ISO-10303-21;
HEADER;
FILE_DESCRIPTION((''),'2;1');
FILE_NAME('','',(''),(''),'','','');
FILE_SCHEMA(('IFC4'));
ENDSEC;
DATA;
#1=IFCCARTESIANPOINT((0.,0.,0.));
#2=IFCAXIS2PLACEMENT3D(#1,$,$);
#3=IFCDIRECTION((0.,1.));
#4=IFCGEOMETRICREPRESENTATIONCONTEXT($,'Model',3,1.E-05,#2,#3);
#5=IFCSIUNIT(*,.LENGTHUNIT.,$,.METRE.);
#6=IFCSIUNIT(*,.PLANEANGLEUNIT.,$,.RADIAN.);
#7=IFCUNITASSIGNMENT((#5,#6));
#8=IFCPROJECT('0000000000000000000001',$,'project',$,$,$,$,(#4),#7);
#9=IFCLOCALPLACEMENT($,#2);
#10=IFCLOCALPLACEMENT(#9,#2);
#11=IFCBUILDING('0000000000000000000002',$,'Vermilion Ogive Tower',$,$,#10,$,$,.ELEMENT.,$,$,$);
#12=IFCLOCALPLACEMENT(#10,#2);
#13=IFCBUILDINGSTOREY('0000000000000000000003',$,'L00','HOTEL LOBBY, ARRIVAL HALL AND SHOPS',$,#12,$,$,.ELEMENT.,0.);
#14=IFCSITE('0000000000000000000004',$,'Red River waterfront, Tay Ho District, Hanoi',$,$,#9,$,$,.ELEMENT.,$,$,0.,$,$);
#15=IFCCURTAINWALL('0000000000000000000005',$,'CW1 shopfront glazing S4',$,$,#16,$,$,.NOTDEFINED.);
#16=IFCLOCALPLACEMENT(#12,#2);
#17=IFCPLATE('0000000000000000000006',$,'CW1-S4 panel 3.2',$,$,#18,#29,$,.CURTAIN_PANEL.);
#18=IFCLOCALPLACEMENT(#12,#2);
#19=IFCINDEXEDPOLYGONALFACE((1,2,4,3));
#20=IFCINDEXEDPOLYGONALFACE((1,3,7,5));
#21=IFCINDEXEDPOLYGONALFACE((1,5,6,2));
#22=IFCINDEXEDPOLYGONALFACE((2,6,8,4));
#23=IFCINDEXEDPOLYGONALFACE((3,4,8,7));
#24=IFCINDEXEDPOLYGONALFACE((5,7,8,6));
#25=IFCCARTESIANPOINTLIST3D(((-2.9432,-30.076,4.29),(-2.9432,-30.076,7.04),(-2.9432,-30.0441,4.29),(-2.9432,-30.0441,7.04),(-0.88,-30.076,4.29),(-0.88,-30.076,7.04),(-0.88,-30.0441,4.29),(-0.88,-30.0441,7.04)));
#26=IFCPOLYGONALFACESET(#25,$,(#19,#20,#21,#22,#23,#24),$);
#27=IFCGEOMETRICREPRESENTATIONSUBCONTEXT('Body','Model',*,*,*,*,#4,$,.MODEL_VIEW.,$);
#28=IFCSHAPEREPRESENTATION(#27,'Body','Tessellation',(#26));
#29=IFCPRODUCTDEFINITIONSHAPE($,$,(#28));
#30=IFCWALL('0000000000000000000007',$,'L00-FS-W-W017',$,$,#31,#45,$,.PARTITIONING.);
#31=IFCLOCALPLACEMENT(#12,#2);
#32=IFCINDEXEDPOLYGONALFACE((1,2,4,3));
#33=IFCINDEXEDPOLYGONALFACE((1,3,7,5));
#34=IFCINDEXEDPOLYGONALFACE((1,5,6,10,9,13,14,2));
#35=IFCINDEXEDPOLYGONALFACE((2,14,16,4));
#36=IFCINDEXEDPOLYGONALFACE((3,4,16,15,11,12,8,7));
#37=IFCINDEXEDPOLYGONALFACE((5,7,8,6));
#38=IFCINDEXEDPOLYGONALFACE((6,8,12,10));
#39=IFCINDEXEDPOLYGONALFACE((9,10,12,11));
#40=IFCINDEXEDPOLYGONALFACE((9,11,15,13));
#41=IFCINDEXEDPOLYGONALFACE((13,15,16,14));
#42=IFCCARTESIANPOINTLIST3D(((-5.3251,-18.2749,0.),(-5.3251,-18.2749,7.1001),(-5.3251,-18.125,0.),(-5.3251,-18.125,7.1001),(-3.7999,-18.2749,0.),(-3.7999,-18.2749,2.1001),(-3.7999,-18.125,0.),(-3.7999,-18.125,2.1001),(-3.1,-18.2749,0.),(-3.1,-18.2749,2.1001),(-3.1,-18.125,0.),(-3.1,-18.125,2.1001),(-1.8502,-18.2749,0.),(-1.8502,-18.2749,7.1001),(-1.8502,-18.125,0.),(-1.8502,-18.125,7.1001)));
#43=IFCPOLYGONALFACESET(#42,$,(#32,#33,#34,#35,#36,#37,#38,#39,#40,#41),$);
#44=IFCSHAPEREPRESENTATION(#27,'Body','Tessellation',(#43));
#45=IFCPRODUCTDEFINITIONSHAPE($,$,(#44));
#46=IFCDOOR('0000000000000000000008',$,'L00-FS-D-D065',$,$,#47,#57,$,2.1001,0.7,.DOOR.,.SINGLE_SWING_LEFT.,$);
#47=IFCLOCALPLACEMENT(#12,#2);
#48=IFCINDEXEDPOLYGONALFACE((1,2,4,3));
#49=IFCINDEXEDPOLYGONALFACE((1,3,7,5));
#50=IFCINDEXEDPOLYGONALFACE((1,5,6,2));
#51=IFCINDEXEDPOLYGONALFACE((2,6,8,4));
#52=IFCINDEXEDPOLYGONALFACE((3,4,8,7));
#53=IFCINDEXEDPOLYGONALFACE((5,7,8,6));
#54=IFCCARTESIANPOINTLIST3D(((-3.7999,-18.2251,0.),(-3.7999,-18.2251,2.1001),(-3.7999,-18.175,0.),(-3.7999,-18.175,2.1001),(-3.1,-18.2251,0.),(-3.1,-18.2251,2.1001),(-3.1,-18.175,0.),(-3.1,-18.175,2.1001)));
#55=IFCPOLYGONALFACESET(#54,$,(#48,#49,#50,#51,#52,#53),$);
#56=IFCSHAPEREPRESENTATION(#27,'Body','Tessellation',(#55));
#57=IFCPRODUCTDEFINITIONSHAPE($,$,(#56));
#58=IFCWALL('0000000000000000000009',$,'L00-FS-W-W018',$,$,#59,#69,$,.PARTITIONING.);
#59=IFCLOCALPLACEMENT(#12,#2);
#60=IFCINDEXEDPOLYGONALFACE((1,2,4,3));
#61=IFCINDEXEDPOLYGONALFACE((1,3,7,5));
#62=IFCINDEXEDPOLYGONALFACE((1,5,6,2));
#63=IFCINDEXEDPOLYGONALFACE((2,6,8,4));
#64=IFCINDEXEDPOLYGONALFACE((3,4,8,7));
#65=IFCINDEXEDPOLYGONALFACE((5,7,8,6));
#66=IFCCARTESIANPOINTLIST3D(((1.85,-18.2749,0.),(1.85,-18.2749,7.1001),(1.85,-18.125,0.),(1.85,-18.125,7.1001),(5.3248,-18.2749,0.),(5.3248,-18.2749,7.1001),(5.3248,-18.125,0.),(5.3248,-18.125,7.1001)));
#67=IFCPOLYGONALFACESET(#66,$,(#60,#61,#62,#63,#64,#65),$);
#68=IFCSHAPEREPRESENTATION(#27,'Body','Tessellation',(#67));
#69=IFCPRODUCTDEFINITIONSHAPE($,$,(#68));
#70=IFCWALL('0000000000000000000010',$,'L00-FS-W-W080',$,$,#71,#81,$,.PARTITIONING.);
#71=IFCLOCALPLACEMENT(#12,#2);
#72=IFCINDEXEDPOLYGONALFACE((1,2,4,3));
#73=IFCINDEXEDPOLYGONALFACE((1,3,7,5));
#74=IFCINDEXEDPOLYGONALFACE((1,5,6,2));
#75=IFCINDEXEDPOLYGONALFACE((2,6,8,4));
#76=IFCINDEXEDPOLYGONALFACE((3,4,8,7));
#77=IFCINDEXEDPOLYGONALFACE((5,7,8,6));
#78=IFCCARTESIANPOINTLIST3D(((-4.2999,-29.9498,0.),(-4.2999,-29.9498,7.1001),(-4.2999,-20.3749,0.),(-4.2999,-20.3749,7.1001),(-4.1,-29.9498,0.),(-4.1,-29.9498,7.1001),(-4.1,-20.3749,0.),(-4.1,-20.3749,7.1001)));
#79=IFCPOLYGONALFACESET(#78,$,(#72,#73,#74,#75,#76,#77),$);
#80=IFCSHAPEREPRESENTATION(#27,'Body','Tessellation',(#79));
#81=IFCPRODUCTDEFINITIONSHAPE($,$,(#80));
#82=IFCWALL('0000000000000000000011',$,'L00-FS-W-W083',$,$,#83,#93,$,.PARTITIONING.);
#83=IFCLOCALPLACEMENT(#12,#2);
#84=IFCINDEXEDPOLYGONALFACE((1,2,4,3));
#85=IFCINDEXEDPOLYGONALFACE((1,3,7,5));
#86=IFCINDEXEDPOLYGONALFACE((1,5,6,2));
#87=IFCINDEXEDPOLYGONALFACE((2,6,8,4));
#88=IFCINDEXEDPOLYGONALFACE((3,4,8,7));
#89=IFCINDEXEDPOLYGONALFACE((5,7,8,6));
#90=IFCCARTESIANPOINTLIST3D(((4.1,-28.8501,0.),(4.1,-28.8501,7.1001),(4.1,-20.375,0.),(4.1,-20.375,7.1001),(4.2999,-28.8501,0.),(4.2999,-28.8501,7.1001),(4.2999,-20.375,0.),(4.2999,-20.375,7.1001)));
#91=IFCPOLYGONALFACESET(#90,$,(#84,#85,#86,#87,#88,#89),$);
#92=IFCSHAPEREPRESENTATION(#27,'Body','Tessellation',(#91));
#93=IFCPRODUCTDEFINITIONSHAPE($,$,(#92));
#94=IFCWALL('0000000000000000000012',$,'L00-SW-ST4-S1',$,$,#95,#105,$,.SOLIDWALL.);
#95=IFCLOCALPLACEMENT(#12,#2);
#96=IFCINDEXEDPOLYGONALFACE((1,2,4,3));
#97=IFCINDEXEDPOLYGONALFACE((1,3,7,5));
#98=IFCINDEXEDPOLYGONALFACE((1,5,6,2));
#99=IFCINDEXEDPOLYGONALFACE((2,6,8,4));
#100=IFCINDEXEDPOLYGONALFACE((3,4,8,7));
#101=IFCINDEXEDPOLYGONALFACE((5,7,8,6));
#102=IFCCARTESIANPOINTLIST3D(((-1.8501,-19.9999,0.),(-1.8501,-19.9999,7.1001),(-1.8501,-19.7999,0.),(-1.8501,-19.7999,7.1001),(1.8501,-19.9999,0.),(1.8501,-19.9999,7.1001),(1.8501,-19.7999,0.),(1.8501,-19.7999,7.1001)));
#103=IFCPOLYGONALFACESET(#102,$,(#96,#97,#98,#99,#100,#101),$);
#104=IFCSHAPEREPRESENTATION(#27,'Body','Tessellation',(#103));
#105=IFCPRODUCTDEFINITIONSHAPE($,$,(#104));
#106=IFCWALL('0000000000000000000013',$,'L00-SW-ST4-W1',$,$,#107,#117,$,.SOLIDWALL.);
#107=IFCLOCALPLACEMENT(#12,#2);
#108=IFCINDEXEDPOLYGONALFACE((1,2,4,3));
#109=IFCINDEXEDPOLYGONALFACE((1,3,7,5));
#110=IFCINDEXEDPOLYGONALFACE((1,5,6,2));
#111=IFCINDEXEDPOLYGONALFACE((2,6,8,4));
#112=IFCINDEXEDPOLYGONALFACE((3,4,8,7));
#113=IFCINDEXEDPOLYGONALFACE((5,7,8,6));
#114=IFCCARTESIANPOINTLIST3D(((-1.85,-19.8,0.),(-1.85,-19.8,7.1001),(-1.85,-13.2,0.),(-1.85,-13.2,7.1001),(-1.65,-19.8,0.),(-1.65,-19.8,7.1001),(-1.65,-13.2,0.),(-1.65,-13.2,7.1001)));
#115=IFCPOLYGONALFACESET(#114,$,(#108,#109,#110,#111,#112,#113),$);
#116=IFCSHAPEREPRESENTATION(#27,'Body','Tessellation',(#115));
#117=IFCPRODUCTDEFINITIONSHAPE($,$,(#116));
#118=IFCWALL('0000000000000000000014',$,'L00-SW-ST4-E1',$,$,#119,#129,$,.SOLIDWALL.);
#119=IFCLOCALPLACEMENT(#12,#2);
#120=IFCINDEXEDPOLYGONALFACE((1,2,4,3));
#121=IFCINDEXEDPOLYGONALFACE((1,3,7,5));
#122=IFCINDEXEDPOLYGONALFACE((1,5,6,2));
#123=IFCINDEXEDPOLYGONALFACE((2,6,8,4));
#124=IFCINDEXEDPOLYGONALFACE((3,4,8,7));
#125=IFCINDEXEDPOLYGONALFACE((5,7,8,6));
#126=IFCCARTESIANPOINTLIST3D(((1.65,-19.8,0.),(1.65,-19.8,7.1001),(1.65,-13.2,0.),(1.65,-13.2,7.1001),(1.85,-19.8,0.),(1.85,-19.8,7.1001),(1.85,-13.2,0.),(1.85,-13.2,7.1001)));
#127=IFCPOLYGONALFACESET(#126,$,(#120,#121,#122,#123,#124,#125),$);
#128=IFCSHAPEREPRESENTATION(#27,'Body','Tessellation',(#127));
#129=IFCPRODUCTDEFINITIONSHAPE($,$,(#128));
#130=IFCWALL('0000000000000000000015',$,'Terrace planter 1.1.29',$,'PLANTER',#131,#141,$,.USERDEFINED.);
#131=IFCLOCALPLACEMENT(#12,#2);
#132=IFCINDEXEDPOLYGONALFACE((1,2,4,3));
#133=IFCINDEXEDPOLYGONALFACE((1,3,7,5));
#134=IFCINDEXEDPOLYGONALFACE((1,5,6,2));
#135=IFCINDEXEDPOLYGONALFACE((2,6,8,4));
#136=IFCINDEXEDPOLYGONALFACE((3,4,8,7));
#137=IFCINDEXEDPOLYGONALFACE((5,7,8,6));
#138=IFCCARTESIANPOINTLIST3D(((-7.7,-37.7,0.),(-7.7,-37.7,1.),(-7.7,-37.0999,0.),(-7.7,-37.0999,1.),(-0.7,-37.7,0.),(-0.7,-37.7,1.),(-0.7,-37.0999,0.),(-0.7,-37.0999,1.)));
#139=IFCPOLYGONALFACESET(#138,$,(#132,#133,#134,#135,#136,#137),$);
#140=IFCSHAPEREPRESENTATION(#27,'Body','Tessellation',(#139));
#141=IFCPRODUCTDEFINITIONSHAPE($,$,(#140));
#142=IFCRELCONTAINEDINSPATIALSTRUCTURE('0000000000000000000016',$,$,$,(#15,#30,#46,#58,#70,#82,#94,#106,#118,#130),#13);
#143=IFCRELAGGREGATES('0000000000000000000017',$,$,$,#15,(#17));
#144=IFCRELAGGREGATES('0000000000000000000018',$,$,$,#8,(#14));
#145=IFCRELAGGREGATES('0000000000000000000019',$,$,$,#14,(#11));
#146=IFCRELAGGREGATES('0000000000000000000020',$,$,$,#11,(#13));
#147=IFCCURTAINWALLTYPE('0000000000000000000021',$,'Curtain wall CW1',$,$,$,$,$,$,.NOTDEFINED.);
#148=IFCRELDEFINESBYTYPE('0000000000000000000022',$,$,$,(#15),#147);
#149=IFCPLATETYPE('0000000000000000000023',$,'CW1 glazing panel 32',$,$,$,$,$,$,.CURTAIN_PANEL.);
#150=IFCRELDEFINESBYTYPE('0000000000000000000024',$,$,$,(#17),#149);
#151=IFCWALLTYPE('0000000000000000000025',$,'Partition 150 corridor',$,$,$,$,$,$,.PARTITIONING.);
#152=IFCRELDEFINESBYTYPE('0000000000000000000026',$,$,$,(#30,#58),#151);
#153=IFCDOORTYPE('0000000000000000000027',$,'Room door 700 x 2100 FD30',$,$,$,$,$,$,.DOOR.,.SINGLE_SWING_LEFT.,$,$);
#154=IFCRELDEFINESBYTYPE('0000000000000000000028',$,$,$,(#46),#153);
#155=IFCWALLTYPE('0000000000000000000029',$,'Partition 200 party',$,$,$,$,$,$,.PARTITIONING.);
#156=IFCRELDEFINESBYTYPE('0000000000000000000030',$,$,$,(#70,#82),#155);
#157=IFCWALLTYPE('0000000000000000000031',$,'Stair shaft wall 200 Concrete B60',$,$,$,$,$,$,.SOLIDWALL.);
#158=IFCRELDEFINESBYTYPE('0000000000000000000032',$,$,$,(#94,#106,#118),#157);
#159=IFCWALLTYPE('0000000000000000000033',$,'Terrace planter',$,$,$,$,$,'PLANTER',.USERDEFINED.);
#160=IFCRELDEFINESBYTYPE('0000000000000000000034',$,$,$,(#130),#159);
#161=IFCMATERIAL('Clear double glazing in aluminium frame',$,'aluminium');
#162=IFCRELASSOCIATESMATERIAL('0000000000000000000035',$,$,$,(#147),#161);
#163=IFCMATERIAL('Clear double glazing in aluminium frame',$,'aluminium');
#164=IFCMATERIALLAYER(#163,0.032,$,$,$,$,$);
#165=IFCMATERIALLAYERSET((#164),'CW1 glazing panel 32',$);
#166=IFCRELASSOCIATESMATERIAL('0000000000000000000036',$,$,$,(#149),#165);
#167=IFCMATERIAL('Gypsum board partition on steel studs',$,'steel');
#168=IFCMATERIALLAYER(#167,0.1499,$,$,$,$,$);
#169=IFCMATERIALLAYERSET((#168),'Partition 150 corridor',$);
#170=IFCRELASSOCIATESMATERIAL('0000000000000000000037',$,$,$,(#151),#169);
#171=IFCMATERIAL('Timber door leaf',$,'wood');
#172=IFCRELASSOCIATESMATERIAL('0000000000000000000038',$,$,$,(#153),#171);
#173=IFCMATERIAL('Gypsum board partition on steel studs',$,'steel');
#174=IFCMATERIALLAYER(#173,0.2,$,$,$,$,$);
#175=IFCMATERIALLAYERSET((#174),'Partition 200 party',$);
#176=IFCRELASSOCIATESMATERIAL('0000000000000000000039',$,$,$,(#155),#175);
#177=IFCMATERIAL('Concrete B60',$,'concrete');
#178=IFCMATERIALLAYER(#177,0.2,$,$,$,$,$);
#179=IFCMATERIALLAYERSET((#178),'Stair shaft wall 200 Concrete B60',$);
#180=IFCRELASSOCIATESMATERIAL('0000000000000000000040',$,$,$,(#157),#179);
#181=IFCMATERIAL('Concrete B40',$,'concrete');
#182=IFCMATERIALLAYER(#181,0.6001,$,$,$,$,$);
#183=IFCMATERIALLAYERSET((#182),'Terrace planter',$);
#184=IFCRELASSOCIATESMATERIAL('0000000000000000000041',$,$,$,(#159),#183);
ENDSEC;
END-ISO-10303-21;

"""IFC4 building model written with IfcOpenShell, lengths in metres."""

from ifc_helpers import new_model, si_unit, direction, frame, frame_2d, origin, origin_2d, place, context, subcontext, project, spatial, rectangle, extrude, material, layer, layer_set, type_object, element, fill, aggregate, save


model = new_model("IFC4")

# Units and contexts
model_context = context("Model", 3, precision=1e-05, world=origin(), true_north=direction((0.0, 1.0)))
body_context = subcontext(model_context, "Body", "Model", "MODEL_VIEW")
ifc_project = project(units=[si_unit("LENGTHUNIT", "METRE"), si_unit("PLANEANGLEUNIT", "RADIAN")], contexts=[model_context])

# Site, building, storey
site_placement = place(None, origin())
site = spatial("IfcSite", under=ifc_project, at=site_placement, Name="Red River waterfront, Tay Ho District, Hanoi", CompositionType="ELEMENT", RefElevation=0.0)
building_placement = place(site_placement, origin())
building = spatial("IfcBuilding", under=site, at=building_placement, Name="Vermilion Ogive Tower", CompositionType="ELEMENT")
storey_placement = place(building_placement, origin())
storey = spatial("IfcBuildingStorey", under=building, at=storey_placement, Name="L00", Description="HOTEL LOBBY, ARRIVAL HALL AND SHOPS", CompositionType="ELEMENT", Elevation=0.0)

# Curtain wall, plate
ifc_material_1 = material(Name="Clear double glazing in aluminium frame", Category="aluminium")
curtain_wall_type = type_object("IfcCurtainWallType", Name="Curtain wall CW1", PredefinedType="NOTDEFINED", material=ifc_material_1)
curtain_wall_placement = place(storey_placement, origin())
curtain_wall = element("IfcCurtainWall", 1, at=curtain_wall_placement, inside=storey, type_object=curtain_wall_type, Name="CW1 shopfront glazing S4", PredefinedType="NOTDEFINED")
ifc_material_2 = material(Name="Clear double glazing in aluminium frame", Category="aluminium")
ifc_layer_1 = layer(ifc_material_2, 0.032)
ifc_layer_set_1 = layer_set([ifc_layer_1], Name="CW1 glazing panel 32")
plate_type = type_object("IfcPlateType", Name="CW1 glazing panel 32", PredefinedType="CURTAIN_PANEL", material=ifc_layer_set_1)
plate_1_placement = place(storey_placement, frame((-1.9116, -30.0601, 4.29), z_axis=(0.0, 0.0, 1.0), x_axis=(1.0, 0.0, 0.0)))
plate_1 = element("IfcPlate", 2, at=plate_1_placement, type_object=plate_type, Name="CW1-S4 panel 3.2", PredefinedType="CURTAIN_PANEL", context=body_context, shape_type="SweptSolid", body=[
    extrude(rectangle(XDim=2.0632, YDim=0.032, at=origin_2d()), origin(), (0.0, 0.0, 1.0), 2.75),
])
aggregate(curtain_wall, [plate_1])

# Wall, opening, door
ifc_material_3 = material(Name="Gypsum board partition on steel studs", Category="steel")
ifc_layer_2 = layer(ifc_material_3, 0.1499)
ifc_layer_set_2 = layer_set([ifc_layer_2], Name="Partition 150 corridor")
wall_type_1 = type_object("IfcWallType", Name="Partition 150 corridor", PredefinedType="PARTITIONING", material=ifc_layer_set_2)
wall_1_placement = place(storey_placement, frame((-5.325, -18.2, 0.0), z_axis=(0.0, 0.0, 1.0), x_axis=(1.0, 0.0, 0.0)))
wall_1 = element("IfcWall", 3, at=wall_1_placement, inside=storey, type_object=wall_type_1, Name="L00-FS-W-W017", PredefinedType="PARTITIONING", context=body_context, shape_type="SweptSolid", body=[
    extrude(rectangle(XDim=3.4749, YDim=0.1499, at=frame_2d((1.7373, 0.0))), origin(), (0.0, 0.0, 1.0), 7.1001),
])
opening_placement = place(wall_1_placement, frame((1.5249, 0.0, 0.0)))
opening = element("IfcOpeningElement", 4, at=opening_placement, cuts=wall_1, PredefinedType="OPENING", context=body_context, shape_type="SweptSolid", body=[
    extrude(rectangle(XDim=0.7, YDim=2.1001, at=frame_2d((0.3501, 1.05))), frame((0.0, 0.085, 0.0), z_axis=(0.0, -1.0, 0.0), x_axis=(1.0, 0.0, 0.0)), (0.0, 0.0, 1.0), 0.1699),
])
ifc_material_4 = material(Name="Timber door leaf", Category="wood")
door_type = type_object("IfcDoorType", Name="Room door 700 x 2100 FD30", OperationType="SINGLE_SWING_LEFT", PredefinedType="DOOR", material=ifc_material_4)
door_placement = place(opening_placement, origin())
door = element("IfcDoor", 5, at=door_placement, inside=storey, type_object=door_type, Name="L00-FS-D-D065", OperationType="SINGLE_SWING_LEFT", OverallHeight=2.1001, OverallWidth=0.7, PredefinedType="DOOR", context=body_context, shape_type="SweptSolid", body=[
    extrude(rectangle(XDim=0.7, YDim=2.1001, at=frame_2d((0.3501, 1.05))), frame((0.0, 0.0249, 0.0), z_axis=(0.0, -1.0, 0.0), x_axis=(1.0, 0.0, 0.0)), (0.0, 0.0, 1.0), 0.05),
])
fill(opening, door)

# Walls
wall_2_placement = place(storey_placement, frame((1.8501, -18.2, 0.0), z_axis=(0.0, 0.0, 1.0), x_axis=(1.0, 0.0, 0.0)))
element("IfcWall", 6, at=wall_2_placement, inside=storey, type_object=wall_type_1, Name="L00-FS-W-W018", PredefinedType="PARTITIONING", context=body_context, shape_type="SweptSolid", body=[
    extrude(rectangle(XDim=3.4749, YDim=0.1499, at=frame_2d((1.7373, 0.0))), origin(), (0.0, 0.0, 1.0), 7.1001),
])
ifc_material_5 = material(Name="Gypsum board partition on steel studs", Category="steel")
ifc_layer_3 = layer(ifc_material_5, 0.2)
ifc_layer_set_3 = layer_set([ifc_layer_3], Name="Partition 200 party")
wall_type_2 = type_object("IfcWallType", Name="Partition 200 party", PredefinedType="PARTITIONING", material=ifc_layer_set_3)
wall_3_placement = place(storey_placement, frame((-4.2, -29.95, 0.0), z_axis=(0.0, 0.0, 1.0), x_axis=(0.0, 1.0, 0.0)))
element("IfcWall", 7, at=wall_3_placement, inside=storey, type_object=wall_type_2, Name="L00-FS-W-W080", PredefinedType="PARTITIONING", context=body_context, shape_type="SweptSolid", body=[
    extrude(rectangle(XDim=9.575, YDim=0.2, at=frame_2d((4.7876, 0.0))), origin(), (0.0, 0.0, 1.0), 7.1001),
])
wall_4_placement = place(storey_placement, frame((4.2, -28.8501, 0.0), z_axis=(0.0, 0.0, 1.0), x_axis=(0.0, 1.0, 0.0)))
element("IfcWall", 8, at=wall_4_placement, inside=storey, type_object=wall_type_2, Name="L00-FS-W-W083", PredefinedType="PARTITIONING", context=body_context, shape_type="SweptSolid", body=[
    extrude(rectangle(XDim=8.4751, YDim=0.2, at=frame_2d((4.2375, 0.0))), origin(), (0.0, 0.0, 1.0), 7.1001),
])
ifc_material_6 = material(Name="Concrete B60", Category="concrete")
ifc_layer_4 = layer(ifc_material_6, 0.2)
ifc_layer_set_4 = layer_set([ifc_layer_4], Name="Stair shaft wall 200 Concrete B60")
wall_type_3 = type_object("IfcWallType", Name="Stair shaft wall 200 Concrete B60", PredefinedType="SOLIDWALL", material=ifc_layer_set_4)
wall_5_placement = place(storey_placement, frame((-1.8501, -19.8999, 0.0), z_axis=(0.0, 0.0, 1.0), x_axis=(1.0, 0.0, 0.0)))
element("IfcWall", 9, at=wall_5_placement, inside=storey, type_object=wall_type_3, Name="L00-SW-ST4-S1", PredefinedType="SOLIDWALL", context=body_context, shape_type="SweptSolid", body=[
    extrude(rectangle(XDim=3.7002, YDim=0.2, at=frame_2d((1.8501, 0.0))), origin(), (0.0, 0.0, 1.0), 7.1001),
])
for number, where, z_axis, x_axis, name in (
    (10, (-1.75, -19.8, 0.0), (0.0, 0.0, 1.0), (0.0, 1.0, 0.0), "L00-SW-ST4-W1"),
    (11, (1.75, -19.8, 0.0), (0.0, 0.0, 1.0), (0.0, 1.0, 0.0), "L00-SW-ST4-E1"),
):
    element("IfcWall", number, at=place(storey_placement, frame(where, z_axis=z_axis, x_axis=x_axis)), inside=storey, type_object=wall_type_3, Name=name, PredefinedType="SOLIDWALL", context=body_context, shape_type="SweptSolid", body=[
        extrude(rectangle(XDim=6.6001, YDim=0.2, at=frame_2d((3.3, 0.0))), origin(), (0.0, 0.0, 1.0), 7.1001),
    ])
ifc_material_7 = material(Name="Concrete B40", Category="concrete")
ifc_layer_5 = layer(ifc_material_7, 0.6001)
ifc_layer_set_5 = layer_set([ifc_layer_5], Name="Terrace planter")
wall_type_4 = type_object("IfcWallType", Name="Terrace planter", ElementType="PLANTER", PredefinedType="USERDEFINED", material=ifc_layer_set_5)
wall_6_placement = place(storey_placement, frame((-0.7, -37.3999, 0.0), z_axis=(0.0, 0.0, 1.0), x_axis=(-1.0, 0.0, 0.0)))
element("IfcWall", 12, at=wall_6_placement, inside=storey, type_object=wall_type_4, Name="Terrace planter 1.1.29", ObjectType="PLANTER", PredefinedType="USERDEFINED", context=body_context, shape_type="SweptSolid", body=[
    extrude(rectangle(XDim=7.0, YDim=0.6001, at=frame_2d((3.5, 0.0))), origin(), (0.0, 0.0, 1.0), 1.0),
])

save(model, "model.ifc")
